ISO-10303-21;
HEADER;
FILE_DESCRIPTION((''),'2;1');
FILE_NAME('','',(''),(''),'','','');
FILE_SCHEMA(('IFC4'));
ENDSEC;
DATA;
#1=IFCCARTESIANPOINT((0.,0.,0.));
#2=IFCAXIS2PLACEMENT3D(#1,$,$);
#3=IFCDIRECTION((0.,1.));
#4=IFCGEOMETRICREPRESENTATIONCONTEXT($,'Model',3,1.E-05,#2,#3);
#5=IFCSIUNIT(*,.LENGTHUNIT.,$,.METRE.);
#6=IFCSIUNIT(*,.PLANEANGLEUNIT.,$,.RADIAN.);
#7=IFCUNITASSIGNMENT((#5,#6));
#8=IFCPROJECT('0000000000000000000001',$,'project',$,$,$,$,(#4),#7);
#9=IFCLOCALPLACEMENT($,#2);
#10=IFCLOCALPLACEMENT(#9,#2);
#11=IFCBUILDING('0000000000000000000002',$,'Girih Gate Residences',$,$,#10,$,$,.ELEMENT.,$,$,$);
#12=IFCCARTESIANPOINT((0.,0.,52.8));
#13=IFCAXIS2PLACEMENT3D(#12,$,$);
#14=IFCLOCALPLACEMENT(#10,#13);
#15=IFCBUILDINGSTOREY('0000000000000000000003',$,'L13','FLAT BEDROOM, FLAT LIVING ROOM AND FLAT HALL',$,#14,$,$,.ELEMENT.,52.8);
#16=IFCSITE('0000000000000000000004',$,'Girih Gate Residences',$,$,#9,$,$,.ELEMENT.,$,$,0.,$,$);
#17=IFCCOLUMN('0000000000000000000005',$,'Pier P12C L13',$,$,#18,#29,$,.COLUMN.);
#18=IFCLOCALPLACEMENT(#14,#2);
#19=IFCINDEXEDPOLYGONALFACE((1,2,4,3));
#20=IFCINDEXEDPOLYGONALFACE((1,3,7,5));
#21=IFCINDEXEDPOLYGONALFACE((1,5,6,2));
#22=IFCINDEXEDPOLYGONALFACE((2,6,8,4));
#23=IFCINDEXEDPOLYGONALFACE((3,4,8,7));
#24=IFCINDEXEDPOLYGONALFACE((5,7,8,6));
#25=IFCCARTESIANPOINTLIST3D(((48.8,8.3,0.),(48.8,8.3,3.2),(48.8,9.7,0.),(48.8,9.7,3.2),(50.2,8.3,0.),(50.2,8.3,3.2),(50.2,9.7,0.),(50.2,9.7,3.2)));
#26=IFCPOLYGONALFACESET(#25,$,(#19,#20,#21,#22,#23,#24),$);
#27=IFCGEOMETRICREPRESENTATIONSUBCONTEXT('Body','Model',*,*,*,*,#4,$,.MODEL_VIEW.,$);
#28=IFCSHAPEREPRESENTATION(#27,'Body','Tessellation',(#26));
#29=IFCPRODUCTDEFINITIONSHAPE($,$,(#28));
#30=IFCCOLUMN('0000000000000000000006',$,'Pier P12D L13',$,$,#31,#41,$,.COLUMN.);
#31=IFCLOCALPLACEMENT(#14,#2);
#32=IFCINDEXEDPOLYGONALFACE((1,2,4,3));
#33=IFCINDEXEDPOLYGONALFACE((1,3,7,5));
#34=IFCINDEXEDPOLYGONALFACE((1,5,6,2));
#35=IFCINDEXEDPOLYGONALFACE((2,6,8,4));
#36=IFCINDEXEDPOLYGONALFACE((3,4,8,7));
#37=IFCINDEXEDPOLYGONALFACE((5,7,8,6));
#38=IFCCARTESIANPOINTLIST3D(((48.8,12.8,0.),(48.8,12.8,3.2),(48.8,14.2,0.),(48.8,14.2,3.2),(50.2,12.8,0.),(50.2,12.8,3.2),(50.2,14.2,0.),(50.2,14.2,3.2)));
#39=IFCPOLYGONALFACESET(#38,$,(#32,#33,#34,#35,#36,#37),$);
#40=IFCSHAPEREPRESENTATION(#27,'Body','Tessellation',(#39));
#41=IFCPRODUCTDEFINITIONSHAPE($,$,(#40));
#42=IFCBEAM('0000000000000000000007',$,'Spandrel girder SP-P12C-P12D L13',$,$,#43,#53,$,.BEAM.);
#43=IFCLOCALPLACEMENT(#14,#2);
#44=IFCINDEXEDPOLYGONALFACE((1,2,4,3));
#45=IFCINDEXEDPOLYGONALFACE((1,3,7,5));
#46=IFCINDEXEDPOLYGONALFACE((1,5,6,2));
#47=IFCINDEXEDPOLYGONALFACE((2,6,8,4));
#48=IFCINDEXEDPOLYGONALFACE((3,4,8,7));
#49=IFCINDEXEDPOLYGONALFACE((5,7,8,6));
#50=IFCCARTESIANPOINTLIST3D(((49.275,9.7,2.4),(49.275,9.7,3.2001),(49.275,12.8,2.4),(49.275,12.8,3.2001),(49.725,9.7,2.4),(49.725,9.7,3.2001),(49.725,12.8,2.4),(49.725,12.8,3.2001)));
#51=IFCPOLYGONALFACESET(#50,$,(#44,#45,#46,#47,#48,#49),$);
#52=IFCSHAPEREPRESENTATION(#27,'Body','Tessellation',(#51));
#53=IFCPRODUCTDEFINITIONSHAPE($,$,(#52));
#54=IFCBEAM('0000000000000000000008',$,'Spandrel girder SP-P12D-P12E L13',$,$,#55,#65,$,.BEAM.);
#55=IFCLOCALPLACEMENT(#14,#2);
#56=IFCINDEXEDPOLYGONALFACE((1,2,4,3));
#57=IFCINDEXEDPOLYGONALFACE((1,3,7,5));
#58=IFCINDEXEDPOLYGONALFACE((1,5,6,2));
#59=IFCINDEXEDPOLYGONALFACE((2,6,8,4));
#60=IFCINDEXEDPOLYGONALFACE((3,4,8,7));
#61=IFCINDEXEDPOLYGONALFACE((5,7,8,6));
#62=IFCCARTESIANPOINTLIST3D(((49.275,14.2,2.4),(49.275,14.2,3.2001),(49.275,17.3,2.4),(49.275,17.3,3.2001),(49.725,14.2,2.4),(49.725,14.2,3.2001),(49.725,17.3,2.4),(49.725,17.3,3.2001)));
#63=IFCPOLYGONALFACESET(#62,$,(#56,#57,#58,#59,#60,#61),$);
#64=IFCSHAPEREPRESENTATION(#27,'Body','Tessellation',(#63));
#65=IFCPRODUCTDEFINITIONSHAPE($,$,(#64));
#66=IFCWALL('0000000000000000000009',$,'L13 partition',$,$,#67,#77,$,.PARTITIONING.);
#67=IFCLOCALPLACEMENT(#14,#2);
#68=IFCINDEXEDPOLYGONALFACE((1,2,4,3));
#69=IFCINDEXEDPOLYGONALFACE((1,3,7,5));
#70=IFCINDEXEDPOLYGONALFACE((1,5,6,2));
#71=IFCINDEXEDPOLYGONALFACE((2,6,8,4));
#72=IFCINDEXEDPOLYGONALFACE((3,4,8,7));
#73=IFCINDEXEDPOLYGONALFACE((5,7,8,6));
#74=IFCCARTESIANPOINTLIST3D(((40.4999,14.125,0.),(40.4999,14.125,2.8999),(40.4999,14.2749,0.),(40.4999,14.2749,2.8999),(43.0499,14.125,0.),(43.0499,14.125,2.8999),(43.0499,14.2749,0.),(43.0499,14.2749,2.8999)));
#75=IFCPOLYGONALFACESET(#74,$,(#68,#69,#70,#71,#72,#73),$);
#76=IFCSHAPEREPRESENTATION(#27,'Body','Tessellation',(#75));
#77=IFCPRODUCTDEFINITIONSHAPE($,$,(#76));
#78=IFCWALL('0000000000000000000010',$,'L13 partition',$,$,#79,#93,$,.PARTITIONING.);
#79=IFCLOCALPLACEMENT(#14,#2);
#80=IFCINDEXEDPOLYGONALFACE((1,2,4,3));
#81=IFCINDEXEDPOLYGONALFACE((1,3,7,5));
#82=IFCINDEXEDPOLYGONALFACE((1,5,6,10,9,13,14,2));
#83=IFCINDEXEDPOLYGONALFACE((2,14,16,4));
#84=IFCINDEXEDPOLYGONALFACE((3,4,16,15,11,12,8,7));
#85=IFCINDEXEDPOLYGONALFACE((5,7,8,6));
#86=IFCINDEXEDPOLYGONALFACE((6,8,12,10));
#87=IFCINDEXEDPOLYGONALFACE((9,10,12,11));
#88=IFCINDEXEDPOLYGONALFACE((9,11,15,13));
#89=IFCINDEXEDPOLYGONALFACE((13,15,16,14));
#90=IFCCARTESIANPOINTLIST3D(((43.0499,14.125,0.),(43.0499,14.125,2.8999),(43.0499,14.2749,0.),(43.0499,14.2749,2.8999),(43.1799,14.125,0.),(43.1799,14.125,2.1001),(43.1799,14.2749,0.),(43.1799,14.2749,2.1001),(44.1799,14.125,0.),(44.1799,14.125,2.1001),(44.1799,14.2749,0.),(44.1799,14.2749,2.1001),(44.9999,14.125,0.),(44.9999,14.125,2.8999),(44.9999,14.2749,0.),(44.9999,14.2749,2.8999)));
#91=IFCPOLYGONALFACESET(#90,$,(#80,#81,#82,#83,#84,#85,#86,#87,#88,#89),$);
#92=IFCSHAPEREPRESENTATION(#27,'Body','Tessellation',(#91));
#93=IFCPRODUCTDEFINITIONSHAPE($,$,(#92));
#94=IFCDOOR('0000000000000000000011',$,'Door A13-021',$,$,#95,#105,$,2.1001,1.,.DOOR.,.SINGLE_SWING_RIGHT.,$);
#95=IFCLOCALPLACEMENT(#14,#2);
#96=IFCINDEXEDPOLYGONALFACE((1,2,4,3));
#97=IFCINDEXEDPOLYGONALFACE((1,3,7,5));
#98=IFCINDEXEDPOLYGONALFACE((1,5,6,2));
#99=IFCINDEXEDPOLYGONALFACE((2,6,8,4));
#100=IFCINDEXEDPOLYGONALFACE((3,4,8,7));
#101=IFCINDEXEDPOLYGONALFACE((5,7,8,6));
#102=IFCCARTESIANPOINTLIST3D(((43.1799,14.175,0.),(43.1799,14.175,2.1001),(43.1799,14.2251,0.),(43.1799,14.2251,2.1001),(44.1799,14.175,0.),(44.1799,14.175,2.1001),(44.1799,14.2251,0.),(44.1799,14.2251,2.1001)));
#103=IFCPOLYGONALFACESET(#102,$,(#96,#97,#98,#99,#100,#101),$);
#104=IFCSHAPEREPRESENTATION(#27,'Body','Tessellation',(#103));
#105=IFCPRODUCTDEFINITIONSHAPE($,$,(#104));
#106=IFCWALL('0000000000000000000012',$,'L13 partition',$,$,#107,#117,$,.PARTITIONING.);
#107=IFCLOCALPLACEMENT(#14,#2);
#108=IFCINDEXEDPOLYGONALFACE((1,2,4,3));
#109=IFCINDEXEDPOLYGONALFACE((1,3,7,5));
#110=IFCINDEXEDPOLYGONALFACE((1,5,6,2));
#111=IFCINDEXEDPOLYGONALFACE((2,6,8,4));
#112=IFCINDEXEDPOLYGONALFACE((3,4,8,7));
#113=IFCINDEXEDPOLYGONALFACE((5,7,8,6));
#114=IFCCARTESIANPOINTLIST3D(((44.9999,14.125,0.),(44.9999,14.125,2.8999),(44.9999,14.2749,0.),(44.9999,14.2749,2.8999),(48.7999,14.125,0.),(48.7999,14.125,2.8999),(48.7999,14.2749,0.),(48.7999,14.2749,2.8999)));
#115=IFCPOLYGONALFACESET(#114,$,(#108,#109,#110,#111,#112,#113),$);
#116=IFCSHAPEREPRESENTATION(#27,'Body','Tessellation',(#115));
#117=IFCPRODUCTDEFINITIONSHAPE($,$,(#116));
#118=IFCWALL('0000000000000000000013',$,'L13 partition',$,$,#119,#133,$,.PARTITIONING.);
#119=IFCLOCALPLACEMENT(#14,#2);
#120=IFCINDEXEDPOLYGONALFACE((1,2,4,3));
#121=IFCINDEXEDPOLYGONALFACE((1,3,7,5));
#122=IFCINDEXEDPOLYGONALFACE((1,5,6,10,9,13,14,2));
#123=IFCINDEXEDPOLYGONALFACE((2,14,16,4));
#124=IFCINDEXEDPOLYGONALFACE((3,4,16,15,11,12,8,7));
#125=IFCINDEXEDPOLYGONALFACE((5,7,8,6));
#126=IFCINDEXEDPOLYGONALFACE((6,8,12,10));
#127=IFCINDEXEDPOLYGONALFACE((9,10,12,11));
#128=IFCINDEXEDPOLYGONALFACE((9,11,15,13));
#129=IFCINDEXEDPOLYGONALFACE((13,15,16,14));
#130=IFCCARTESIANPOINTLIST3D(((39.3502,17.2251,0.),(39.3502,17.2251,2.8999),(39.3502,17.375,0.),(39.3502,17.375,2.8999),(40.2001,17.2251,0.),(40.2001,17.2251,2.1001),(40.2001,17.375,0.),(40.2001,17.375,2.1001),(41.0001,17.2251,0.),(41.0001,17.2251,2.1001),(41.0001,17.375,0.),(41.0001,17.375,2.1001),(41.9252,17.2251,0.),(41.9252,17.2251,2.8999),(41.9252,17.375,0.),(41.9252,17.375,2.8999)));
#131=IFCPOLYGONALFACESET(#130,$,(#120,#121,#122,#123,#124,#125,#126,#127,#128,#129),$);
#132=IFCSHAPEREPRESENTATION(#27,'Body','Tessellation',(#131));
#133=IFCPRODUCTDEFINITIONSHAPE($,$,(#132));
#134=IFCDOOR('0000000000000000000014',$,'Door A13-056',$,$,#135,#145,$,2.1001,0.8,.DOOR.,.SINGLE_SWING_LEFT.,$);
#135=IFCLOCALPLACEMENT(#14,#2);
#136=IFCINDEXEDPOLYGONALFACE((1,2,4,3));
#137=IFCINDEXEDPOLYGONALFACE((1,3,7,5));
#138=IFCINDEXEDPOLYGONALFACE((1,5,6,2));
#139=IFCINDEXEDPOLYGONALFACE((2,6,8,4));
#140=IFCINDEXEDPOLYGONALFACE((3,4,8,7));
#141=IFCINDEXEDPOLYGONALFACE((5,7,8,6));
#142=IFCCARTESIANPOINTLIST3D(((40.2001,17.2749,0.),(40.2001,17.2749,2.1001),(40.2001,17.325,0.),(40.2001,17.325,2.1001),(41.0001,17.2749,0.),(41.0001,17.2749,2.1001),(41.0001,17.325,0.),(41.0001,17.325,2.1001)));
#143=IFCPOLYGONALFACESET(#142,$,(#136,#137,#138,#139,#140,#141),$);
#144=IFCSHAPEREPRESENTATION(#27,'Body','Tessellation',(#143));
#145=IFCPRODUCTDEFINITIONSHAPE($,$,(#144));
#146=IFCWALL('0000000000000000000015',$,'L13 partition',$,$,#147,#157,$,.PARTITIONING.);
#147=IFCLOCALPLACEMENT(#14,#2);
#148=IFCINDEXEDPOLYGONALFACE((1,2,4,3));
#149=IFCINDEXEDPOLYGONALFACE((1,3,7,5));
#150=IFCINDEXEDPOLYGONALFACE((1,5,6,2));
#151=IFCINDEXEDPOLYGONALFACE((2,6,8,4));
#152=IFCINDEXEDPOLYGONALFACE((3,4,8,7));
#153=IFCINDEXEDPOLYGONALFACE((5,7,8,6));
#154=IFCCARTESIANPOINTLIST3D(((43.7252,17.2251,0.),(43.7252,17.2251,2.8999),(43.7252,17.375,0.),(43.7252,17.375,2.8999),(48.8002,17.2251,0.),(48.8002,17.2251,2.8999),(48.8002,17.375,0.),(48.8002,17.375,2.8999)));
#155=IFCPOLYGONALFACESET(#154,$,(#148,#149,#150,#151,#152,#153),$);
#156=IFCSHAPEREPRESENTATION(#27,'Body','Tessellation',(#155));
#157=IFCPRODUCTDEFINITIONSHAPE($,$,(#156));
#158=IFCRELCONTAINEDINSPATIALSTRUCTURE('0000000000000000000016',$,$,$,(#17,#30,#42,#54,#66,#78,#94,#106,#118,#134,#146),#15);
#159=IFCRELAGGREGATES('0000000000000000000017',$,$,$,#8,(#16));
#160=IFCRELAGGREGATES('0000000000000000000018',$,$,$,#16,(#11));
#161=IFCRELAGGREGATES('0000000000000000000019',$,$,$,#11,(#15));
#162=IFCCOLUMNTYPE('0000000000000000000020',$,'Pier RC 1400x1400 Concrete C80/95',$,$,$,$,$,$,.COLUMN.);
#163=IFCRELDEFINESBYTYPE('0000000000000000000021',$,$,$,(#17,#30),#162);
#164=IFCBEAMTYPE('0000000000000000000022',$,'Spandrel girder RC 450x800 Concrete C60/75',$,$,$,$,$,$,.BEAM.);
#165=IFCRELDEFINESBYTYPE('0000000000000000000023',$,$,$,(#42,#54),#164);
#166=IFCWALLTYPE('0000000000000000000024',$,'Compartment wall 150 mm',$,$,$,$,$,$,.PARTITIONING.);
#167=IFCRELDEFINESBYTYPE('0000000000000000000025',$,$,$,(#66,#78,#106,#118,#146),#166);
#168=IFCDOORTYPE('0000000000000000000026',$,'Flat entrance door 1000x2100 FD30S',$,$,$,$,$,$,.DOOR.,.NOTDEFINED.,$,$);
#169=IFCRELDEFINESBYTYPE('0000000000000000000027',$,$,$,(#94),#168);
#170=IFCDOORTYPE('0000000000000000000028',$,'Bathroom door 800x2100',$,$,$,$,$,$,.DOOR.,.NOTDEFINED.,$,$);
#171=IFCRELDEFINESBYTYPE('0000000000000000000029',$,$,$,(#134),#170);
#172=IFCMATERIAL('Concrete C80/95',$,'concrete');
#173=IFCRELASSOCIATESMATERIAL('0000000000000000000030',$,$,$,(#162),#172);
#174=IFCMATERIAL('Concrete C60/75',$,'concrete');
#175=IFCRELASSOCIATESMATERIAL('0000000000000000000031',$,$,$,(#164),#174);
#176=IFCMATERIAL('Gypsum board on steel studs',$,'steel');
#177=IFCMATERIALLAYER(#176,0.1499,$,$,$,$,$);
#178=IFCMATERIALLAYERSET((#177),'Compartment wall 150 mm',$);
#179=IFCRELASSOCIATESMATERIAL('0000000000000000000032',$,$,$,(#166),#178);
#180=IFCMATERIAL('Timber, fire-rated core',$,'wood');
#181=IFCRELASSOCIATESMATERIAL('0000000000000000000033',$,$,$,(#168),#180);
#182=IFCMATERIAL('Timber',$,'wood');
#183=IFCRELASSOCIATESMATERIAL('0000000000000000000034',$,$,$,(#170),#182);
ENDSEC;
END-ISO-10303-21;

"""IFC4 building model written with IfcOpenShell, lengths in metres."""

from ifc_helpers import new_model, si_unit, direction, frame, frame_2d, origin, origin_2d, place, context, subcontext, project, spatial, rectangle, extrude, material, layer, layer_set, material_profile, profile_set, type_object, element, fill, save


model = new_model("IFC4")

# Units and contexts
model_context = context("Model", 3, precision=1e-05, world=origin(), true_north=direction((0.0, 1.0)))
body_context = subcontext(model_context, "Body", "Model", "MODEL_VIEW")
ifc_project = project(units=[si_unit("LENGTHUNIT", "METRE"), si_unit("PLANEANGLEUNIT", "RADIAN")], contexts=[model_context])

# Site, building, storey
site_placement = place(None, origin())
site = spatial("IfcSite", under=ifc_project, at=site_placement, Name="Girih Gate Residences", CompositionType="ELEMENT", RefElevation=0.0)
building_placement = place(site_placement, origin())
building = spatial("IfcBuilding", under=site, at=building_placement, Name="Girih Gate Residences", CompositionType="ELEMENT")
storey_placement = place(building_placement, frame((0.0, 0.0, 52.8)))
storey = spatial("IfcBuildingStorey", under=building, at=storey_placement, Name="L13", Description="FLAT BEDROOM, FLAT LIVING ROOM AND FLAT HALL", CompositionType="ELEMENT", Elevation=52.8)

# Columns
ifc_material_1 = material(Name="Concrete C80/95", Category="concrete")
ifc_material_profile_1 = material_profile(ifc_material_1, rectangle(XDim=1.3999, YDim=1.3999, at=origin_2d()))
ifc_profile_set_1 = profile_set([ifc_material_profile_1], Name="Concrete C80/95")
column_type = type_object("IfcColumnType", Name="Pier RC 1400x1400 Concrete C80/95", PredefinedType="COLUMN", material=ifc_profile_set_1)
for number, where, z_axis, x_axis, name in (
    (1, (49.5, 9.0, 0.0), (0.0, 0.0, 1.0), (1.0, 0.0, 0.0), "Pier P12C L13"),
    (2, (49.5, 13.5, 0.0), (0.0, 0.0, 1.0), (1.0, 0.0, 0.0), "Pier P12D L13"),
):
    element("IfcColumn", number, at=place(storey_placement, frame(where, z_axis=z_axis, x_axis=x_axis)), inside=storey, type_object=column_type, Name=name, PredefinedType="COLUMN", context=body_context, shape_type="SweptSolid", body=[
        extrude(rectangle(XDim=1.3999, YDim=1.3999, at=origin_2d()), origin(), (0.0, 0.0, 1.0), 3.2),
    ])

# Beams
ifc_material_2 = material(Name="Concrete C60/75", Category="concrete")
ifc_material_profile_2 = material_profile(ifc_material_2, rectangle(XDim=0.45, YDim=0.8, at=origin_2d()))
ifc_profile_set_2 = profile_set([ifc_material_profile_2], Name="Concrete C60/75")
beam_type = type_object("IfcBeamType", Name="Spandrel girder RC 450x800 Concrete C60/75", PredefinedType="BEAM", material=ifc_profile_set_2)
for number, where, z_axis, x_axis, name in (
    (3, (49.5, 9.7, 2.8), (0.0, 1.0, 0.0), (-1.0, 0.0, 0.0), "Spandrel girder SP-P12C-P12D L13"),
    (4, (49.5, 14.2, 2.8), (0.0, 1.0, 0.0), (-1.0, 0.0, 0.0), "Spandrel girder SP-P12D-P12E L13"),
):
    element("IfcBeam", number, at=place(storey_placement, frame(where, z_axis=z_axis, x_axis=x_axis)), inside=storey, type_object=beam_type, Name=name, PredefinedType="BEAM", context=body_context, shape_type="SweptSolid", body=[
        extrude(rectangle(XDim=0.45, YDim=0.8, at=origin_2d()), origin(), (0.0, 0.0, 1.0), 3.1001),
    ])

# Wall
ifc_material_3 = material(Name="Gypsum board on steel studs", Category="steel")
ifc_layer_1 = layer(ifc_material_3, 0.1499)
ifc_layer_set_1 = layer_set([ifc_layer_1], Name="Compartment wall 150 mm")
wall_type_1 = type_object("IfcWallType", Name="Compartment wall 150 mm", PredefinedType="PARTITIONING", material=ifc_layer_set_1)
wall_1_placement = place(storey_placement, frame((40.5, 14.2, 0.0), z_axis=(0.0, 0.0, 1.0), x_axis=(1.0, 0.0, 0.0)))
element("IfcWall", 5, at=wall_1_placement, inside=storey, type_object=wall_type_1, Name="L13 partition", PredefinedType="PARTITIONING", context=body_context, shape_type="SweptSolid", body=[
    extrude(rectangle(XDim=2.55, YDim=0.1499, at=frame_2d((1.2749, 0.0))), origin(), (0.0, 0.0, 1.0), 2.8999),
])

# Wall, opening, door
wall_2_placement = place(storey_placement, frame((45.0, 14.2, 0.0), z_axis=(0.0, 0.0, 1.0), x_axis=(-1.0, 0.0, 0.0)))
wall_2 = element("IfcWall", 6, at=wall_2_placement, inside=storey, type_object=wall_type_1, Name="L13 partition", PredefinedType="PARTITIONING", context=body_context, shape_type="SweptSolid", body=[
    extrude(rectangle(XDim=1.95, YDim=0.1499, at=frame_2d((0.9751, 0.0))), origin(), (0.0, 0.0, 1.0), 2.8999),
])
opening_1_placement = place(wall_2_placement, frame((0.8201, 0.0, 0.0)))
opening_1 = element("IfcOpeningElement", 7, at=opening_1_placement, cuts=wall_2, PredefinedType="OPENING", context=body_context, shape_type="SweptSolid", body=[
    extrude(rectangle(XDim=1.0, YDim=2.1001, at=frame_2d((0.5, 1.05))), frame((0.0, 0.085, 0.0), z_axis=(0.0, -1.0, 0.0), x_axis=(1.0, 0.0, 0.0)), (0.0, 0.0, 1.0), 0.1699),
])
ifc_material_4 = material(Name="Timber, fire-rated core", Category="wood")
door_type_1 = type_object("IfcDoorType", Name="Flat entrance door 1000x2100 FD30S", OperationType="NOTDEFINED", PredefinedType="DOOR", material=ifc_material_4)
door_1_placement = place(opening_1_placement, origin())
door_1 = element("IfcDoor", 8, at=door_1_placement, inside=storey, type_object=door_type_1, Name="Door A13-021", OperationType="SINGLE_SWING_RIGHT", OverallHeight=2.1001, OverallWidth=1.0, PredefinedType="DOOR", context=body_context, shape_type="SweptSolid", body=[
    extrude(rectangle(XDim=1.0, YDim=2.1001, at=frame_2d((0.5, 1.05))), frame((0.0, 0.0249, 0.0), z_axis=(0.0, -1.0, 0.0), x_axis=(1.0, 0.0, 0.0)), (0.0, 0.0, 1.0), 0.05),
])
fill(opening_1, door_1)

# Wall
wall_3_placement = place(storey_placement, frame((45.0, 14.2, 0.0), z_axis=(0.0, 0.0, 1.0), x_axis=(1.0, 0.0, 0.0)))
element("IfcWall", 9, at=wall_3_placement, inside=storey, type_object=wall_type_1, Name="L13 partition", PredefinedType="PARTITIONING", context=body_context, shape_type="SweptSolid", body=[
    extrude(rectangle(XDim=3.8, YDim=0.1499, at=frame_2d((1.8999, 0.0))), origin(), (0.0, 0.0, 1.0), 2.8999),
])

# Wall, opening, door
wall_4_placement = place(storey_placement, frame((39.3501, 17.3, 0.0), z_axis=(0.0, 0.0, 1.0), x_axis=(1.0, 0.0, 0.0)))
wall_4 = element("IfcWall", 10, at=wall_4_placement, inside=storey, type_object=wall_type_1, Name="L13 partition", PredefinedType="PARTITIONING", context=body_context, shape_type="SweptSolid", body=[
    extrude(rectangle(XDim=2.575, YDim=0.1499, at=frame_2d((1.2876, 0.0))), origin(), (0.0, 0.0, 1.0), 2.8999),
])
opening_2_placement = place(wall_4_placement, frame((0.8501, 0.0, 0.0)))
opening_2 = element("IfcOpeningElement", 11, at=opening_2_placement, cuts=wall_4, PredefinedType="OPENING", context=body_context, shape_type="SweptSolid", body=[
    extrude(rectangle(XDim=0.8, YDim=2.1001, at=frame_2d((0.3999, 1.05))), frame((0.0, 0.085, 0.0), z_axis=(0.0, -1.0, 0.0), x_axis=(1.0, 0.0, 0.0)), (0.0, 0.0, 1.0), 0.1699),
])
ifc_material_5 = material(Name="Timber", Category="wood")
door_type_2 = type_object("IfcDoorType", Name="Bathroom door 800x2100", OperationType="NOTDEFINED", PredefinedType="DOOR", material=ifc_material_5)
door_2_placement = place(opening_2_placement, origin())
door_2 = element("IfcDoor", 12, at=door_2_placement, inside=storey, type_object=door_type_2, Name="Door A13-056", OperationType="SINGLE_SWING_LEFT", OverallHeight=2.1001, OverallWidth=0.8, PredefinedType="DOOR", context=body_context, shape_type="SweptSolid", body=[
    extrude(rectangle(XDim=0.8, YDim=2.1001, at=frame_2d((0.3999, 1.05))), frame((0.0, 0.0249, 0.0), z_axis=(0.0, -1.0, 0.0), x_axis=(1.0, 0.0, 0.0)), (0.0, 0.0, 1.0), 0.05),
])
fill(opening_2, door_2)

# Wall
wall_5_placement = place(storey_placement, frame((43.7251, 17.3, 0.0), z_axis=(0.0, 0.0, 1.0), x_axis=(1.0, 0.0, 0.0)))
element("IfcWall", 13, at=wall_5_placement, inside=storey, type_object=wall_type_1, Name="L13 partition", PredefinedType="PARTITIONING", context=body_context, shape_type="SweptSolid", body=[
    extrude(rectangle(XDim=5.075, YDim=0.1499, at=frame_2d((2.5376, 0.0))), origin(), (0.0, 0.0, 1.0), 2.8999),
])

save(model, "model.ifc")
